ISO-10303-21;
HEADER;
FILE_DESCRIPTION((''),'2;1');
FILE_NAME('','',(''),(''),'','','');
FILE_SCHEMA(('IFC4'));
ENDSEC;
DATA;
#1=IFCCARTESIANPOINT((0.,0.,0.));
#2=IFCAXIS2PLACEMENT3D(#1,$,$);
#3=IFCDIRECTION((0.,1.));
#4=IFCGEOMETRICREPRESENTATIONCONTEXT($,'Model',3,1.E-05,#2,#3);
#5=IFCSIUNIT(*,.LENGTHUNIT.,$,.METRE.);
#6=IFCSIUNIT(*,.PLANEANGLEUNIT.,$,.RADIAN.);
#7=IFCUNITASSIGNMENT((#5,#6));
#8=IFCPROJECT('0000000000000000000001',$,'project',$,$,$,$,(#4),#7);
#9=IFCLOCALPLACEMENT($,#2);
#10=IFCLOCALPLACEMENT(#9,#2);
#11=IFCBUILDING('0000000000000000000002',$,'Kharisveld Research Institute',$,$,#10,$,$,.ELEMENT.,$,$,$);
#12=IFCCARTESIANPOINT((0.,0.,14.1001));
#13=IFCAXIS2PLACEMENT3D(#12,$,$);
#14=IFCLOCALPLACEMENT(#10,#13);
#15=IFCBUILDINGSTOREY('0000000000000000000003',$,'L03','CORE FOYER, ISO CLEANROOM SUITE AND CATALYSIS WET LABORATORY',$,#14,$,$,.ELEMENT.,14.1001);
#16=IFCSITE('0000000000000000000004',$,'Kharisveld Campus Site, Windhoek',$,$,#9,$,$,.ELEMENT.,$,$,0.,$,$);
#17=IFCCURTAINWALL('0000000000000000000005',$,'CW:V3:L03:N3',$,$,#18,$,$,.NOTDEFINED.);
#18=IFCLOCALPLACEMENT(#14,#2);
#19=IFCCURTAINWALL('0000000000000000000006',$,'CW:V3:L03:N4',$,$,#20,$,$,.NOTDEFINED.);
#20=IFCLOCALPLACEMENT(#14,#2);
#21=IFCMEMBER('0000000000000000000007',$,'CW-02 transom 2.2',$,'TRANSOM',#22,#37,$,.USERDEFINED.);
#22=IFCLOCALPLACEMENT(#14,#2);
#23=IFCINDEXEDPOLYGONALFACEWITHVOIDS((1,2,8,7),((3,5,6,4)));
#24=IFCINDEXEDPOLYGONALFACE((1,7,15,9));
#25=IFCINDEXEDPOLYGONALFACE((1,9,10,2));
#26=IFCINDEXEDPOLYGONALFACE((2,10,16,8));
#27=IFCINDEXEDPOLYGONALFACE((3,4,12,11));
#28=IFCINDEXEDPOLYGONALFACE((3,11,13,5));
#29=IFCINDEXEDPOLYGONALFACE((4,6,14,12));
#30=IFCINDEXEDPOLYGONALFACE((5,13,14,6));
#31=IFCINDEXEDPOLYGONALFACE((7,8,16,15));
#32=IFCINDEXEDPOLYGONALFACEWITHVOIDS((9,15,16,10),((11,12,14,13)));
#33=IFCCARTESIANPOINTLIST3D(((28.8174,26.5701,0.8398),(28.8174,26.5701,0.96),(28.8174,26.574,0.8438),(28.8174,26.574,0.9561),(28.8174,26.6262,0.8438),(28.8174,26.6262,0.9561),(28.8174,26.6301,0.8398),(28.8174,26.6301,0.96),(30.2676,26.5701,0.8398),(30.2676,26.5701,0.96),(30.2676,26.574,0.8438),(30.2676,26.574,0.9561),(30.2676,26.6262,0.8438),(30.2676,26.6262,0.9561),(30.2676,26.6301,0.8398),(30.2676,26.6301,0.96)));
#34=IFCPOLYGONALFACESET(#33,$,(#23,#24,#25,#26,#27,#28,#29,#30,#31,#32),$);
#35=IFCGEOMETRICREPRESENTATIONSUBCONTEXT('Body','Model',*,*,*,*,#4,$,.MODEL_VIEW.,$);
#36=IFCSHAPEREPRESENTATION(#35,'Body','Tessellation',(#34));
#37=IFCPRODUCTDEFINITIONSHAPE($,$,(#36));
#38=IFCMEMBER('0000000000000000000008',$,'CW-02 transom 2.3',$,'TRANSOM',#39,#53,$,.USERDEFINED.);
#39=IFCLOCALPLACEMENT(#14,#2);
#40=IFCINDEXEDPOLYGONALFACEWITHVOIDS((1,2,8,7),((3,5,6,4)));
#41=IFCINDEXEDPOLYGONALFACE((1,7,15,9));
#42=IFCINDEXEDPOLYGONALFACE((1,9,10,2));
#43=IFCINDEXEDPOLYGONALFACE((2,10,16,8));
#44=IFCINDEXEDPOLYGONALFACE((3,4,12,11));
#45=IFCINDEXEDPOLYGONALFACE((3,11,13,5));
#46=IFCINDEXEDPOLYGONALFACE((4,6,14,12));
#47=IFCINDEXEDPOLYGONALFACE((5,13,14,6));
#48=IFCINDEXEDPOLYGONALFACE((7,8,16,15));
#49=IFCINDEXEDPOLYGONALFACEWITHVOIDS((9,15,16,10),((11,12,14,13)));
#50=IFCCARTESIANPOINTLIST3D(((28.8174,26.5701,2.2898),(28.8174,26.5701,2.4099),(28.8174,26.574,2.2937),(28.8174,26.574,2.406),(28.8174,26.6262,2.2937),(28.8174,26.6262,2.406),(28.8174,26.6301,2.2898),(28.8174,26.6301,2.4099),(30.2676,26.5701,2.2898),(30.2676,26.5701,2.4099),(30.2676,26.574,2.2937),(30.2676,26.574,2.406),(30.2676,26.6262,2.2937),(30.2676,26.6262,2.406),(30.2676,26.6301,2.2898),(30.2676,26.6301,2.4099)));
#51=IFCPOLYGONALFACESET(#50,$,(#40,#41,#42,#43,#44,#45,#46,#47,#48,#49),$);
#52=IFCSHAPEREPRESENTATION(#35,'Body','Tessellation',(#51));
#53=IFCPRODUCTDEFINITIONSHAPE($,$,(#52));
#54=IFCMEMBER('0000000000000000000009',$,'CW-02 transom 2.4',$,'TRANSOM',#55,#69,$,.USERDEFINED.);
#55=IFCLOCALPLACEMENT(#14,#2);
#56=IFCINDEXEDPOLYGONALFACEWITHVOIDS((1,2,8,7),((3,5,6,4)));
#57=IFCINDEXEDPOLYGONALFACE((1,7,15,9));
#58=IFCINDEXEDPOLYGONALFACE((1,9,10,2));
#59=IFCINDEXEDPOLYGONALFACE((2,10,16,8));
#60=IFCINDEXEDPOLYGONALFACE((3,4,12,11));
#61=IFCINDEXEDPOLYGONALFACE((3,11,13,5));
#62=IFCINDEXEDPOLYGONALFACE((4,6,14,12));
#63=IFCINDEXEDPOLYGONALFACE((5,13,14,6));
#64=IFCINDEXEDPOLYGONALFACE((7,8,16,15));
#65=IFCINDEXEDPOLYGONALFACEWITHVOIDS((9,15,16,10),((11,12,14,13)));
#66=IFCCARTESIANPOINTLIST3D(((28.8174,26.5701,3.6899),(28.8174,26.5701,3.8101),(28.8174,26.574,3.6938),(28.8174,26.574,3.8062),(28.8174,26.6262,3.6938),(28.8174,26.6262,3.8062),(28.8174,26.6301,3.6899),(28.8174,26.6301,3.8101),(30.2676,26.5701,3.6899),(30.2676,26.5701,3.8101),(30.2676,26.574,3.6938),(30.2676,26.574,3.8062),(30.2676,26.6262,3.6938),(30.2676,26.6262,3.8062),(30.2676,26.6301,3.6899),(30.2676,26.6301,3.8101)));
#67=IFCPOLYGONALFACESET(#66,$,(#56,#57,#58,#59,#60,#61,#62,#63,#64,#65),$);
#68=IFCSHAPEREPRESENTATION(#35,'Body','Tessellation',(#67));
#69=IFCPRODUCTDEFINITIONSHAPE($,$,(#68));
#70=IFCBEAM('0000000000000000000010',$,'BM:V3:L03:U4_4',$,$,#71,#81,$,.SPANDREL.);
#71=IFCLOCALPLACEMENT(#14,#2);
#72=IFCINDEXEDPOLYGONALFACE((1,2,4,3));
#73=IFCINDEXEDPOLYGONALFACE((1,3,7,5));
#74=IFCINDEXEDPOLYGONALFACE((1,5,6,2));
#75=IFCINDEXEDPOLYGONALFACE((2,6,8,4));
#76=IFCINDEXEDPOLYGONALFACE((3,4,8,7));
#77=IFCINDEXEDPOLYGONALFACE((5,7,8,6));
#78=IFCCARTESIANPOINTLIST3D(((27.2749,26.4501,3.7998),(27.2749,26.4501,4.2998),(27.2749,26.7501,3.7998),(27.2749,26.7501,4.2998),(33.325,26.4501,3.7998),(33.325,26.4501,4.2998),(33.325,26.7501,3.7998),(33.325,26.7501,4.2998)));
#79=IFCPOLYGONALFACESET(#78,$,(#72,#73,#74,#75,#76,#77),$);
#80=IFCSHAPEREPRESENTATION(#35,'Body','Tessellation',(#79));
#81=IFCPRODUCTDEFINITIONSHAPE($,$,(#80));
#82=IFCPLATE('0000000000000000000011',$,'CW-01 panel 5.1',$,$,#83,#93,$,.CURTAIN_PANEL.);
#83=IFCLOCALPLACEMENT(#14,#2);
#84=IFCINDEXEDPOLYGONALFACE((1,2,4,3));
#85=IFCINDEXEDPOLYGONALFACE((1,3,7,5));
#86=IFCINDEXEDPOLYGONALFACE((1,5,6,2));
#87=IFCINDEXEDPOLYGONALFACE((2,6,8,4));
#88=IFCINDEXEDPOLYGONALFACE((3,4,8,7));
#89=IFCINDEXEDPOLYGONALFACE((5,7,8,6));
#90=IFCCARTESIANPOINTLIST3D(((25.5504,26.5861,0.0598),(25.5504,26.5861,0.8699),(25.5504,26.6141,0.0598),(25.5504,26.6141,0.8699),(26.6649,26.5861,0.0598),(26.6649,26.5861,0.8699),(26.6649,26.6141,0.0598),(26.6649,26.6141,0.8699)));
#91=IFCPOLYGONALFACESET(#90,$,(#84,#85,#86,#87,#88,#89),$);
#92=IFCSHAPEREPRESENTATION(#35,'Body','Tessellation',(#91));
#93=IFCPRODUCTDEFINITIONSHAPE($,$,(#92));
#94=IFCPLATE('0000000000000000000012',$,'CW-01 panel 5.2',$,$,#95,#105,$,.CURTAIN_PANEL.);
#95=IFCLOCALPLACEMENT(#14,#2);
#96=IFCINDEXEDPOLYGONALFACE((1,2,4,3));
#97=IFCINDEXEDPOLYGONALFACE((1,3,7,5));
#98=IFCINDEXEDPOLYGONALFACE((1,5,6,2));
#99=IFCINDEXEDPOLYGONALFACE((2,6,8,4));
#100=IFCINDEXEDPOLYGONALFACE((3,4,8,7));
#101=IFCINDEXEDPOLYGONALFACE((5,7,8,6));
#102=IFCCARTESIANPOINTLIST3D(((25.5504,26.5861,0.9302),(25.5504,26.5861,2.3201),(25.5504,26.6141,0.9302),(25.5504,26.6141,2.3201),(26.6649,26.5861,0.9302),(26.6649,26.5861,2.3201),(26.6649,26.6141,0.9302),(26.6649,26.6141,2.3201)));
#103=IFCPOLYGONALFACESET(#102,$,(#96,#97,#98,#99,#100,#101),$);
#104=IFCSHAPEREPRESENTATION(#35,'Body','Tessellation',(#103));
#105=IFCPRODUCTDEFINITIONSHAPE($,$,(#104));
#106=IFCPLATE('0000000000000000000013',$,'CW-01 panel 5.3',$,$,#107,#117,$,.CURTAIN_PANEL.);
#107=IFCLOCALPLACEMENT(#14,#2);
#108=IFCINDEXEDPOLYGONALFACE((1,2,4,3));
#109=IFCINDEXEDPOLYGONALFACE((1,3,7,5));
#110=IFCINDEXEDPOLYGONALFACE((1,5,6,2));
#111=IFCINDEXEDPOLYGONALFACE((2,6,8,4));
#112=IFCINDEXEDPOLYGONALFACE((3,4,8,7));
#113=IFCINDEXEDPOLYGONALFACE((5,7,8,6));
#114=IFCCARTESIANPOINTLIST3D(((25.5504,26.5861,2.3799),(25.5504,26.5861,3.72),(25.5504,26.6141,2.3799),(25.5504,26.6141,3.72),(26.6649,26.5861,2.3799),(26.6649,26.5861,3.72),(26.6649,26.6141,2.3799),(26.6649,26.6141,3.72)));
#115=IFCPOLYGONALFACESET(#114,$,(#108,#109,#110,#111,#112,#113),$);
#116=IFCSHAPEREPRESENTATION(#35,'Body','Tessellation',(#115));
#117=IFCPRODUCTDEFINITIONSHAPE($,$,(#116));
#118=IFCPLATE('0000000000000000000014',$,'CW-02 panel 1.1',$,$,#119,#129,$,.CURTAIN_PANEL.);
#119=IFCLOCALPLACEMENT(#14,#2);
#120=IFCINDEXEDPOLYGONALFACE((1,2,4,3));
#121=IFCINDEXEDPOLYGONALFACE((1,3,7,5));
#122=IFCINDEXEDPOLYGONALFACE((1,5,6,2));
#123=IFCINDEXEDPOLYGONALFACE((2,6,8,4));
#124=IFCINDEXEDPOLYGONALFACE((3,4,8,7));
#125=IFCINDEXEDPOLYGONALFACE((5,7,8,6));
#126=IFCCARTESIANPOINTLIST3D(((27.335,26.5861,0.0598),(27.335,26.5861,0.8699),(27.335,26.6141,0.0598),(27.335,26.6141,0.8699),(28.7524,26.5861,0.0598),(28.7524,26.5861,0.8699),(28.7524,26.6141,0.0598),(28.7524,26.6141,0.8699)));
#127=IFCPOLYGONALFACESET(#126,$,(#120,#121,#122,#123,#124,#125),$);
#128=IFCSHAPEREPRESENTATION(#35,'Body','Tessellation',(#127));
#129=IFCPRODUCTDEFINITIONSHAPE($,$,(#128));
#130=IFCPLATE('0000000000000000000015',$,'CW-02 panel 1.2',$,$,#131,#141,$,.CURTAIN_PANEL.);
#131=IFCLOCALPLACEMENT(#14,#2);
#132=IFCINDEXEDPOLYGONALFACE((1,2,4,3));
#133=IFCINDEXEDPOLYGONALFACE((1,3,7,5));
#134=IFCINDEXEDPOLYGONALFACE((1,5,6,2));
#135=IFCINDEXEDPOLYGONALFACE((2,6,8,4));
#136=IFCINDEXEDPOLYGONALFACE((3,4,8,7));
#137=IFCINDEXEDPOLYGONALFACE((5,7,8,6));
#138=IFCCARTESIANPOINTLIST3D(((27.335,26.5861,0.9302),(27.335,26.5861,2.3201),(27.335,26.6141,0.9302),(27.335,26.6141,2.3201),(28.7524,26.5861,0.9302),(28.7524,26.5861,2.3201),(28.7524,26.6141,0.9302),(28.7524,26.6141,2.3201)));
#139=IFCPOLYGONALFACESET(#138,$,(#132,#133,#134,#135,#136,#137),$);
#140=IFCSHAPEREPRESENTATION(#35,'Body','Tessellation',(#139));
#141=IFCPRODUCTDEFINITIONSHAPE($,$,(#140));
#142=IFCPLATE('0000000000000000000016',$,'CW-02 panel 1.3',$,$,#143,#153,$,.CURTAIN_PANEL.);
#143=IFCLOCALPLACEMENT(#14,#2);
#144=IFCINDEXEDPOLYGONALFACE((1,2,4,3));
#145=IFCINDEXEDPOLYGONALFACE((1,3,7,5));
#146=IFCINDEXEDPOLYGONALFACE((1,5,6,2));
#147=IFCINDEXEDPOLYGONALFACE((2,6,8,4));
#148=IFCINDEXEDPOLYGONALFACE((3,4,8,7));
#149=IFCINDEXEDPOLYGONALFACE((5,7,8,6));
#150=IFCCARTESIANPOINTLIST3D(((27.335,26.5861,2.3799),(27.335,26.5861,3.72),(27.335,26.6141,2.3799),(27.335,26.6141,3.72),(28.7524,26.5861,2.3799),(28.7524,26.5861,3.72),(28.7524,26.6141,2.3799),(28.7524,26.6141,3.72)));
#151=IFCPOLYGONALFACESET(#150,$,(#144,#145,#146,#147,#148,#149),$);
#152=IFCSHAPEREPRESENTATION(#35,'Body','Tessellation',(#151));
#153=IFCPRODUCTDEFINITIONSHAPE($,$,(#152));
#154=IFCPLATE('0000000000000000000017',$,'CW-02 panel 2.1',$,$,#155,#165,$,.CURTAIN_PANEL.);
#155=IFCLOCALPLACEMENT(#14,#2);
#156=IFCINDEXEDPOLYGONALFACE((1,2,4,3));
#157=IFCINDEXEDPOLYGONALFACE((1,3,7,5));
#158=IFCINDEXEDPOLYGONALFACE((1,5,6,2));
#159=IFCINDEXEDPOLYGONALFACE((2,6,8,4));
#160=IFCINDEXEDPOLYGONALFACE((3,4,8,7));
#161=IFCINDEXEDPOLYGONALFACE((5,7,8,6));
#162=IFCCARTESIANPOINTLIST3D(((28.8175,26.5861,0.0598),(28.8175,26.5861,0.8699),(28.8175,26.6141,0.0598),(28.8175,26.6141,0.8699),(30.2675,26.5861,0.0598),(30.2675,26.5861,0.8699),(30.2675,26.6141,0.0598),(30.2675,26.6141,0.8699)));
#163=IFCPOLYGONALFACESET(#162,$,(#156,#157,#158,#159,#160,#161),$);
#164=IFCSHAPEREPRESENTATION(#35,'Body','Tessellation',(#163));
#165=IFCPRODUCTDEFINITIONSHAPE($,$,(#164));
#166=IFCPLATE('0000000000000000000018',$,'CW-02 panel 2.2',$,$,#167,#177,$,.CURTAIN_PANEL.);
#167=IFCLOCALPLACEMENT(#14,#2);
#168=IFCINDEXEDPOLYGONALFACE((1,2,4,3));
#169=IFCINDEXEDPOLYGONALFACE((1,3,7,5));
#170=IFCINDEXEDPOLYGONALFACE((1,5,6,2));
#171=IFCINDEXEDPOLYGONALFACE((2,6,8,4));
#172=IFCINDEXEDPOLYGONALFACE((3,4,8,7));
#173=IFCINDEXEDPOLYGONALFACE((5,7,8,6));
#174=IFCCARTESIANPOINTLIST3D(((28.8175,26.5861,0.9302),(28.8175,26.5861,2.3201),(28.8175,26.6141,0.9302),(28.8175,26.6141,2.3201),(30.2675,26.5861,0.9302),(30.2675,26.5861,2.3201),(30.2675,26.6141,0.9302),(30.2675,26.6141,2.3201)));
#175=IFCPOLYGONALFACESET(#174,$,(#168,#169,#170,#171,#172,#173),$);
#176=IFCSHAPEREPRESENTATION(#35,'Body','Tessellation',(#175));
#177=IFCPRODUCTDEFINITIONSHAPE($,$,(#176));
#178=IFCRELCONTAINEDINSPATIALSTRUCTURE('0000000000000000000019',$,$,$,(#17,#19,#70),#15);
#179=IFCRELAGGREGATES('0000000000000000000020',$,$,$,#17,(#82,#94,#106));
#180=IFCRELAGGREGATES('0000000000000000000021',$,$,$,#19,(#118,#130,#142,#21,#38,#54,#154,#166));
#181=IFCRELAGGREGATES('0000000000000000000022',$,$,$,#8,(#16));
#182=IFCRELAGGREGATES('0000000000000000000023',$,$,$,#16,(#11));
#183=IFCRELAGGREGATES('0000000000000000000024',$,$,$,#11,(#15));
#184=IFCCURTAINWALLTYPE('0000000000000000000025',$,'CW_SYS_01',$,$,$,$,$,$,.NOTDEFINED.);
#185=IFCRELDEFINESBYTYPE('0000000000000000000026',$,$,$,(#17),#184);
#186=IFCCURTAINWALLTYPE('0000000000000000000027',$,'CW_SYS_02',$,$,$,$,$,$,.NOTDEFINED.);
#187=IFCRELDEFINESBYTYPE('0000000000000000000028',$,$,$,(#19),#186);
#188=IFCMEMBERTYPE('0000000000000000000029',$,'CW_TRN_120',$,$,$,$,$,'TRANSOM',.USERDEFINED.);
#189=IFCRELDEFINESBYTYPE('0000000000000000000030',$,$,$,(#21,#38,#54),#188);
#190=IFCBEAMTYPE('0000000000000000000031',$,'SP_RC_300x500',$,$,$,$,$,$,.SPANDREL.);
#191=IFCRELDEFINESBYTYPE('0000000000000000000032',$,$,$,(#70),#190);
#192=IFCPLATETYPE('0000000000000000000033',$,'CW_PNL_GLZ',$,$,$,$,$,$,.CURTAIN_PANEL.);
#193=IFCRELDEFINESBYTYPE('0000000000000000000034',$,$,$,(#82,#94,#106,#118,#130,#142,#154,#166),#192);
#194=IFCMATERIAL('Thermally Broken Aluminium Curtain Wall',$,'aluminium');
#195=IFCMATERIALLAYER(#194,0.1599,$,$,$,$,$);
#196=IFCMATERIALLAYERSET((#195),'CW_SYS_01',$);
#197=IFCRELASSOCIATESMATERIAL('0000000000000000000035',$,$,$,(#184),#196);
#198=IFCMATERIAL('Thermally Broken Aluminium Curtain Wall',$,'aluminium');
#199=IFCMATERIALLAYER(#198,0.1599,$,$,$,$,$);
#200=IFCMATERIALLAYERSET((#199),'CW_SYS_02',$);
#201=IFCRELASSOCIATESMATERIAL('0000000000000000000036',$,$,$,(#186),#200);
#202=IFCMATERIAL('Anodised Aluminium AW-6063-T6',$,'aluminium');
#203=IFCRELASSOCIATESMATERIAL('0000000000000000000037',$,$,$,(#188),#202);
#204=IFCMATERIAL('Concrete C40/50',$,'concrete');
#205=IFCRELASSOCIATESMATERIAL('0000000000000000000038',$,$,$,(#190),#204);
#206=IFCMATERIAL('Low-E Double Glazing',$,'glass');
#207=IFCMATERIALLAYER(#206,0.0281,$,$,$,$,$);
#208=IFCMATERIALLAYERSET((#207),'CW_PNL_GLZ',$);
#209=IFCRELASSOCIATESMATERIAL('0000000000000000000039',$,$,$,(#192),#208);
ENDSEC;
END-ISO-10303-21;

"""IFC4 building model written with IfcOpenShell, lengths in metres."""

from ifc_helpers import new_model, si_unit, direction, frame, origin, origin_2d, place, context, subcontext, project, spatial, rectangle, hollow_rectangle, extrude, material, layer, layer_set, material_profile, profile_set, type_object, element, aggregate, save


model = new_model("IFC4")

# Units and contexts
model_context = context("Model", 3, precision=1e-05, world=origin(), true_north=direction((0.0, 1.0)))
body_context = subcontext(model_context, "Body", "Model", "MODEL_VIEW")
ifc_project = project(units=[si_unit("LENGTHUNIT", "METRE"), si_unit("PLANEANGLEUNIT", "RADIAN")], contexts=[model_context])

# Site, building, storey
site_placement = place(None, origin())
site = spatial("IfcSite", under=ifc_project, at=site_placement, Name="Kharisveld Campus Site, Windhoek", CompositionType="ELEMENT", RefElevation=0.0)
building_placement = place(site_placement, origin())
building = spatial("IfcBuilding", under=site, at=building_placement, Name="Kharisveld Research Institute", CompositionType="ELEMENT")
storey_placement = place(building_placement, frame((0.0, 0.0, 14.1001)))
storey = spatial("IfcBuildingStorey", under=building, at=storey_placement, Name="L03", Description="CORE FOYER, ISO CLEANROOM SUITE AND CATALYSIS WET LABORATORY", CompositionType="ELEMENT", Elevation=14.1001)

# Curtain wall
ifc_material_1 = material(Name="Thermally Broken Aluminium Curtain Wall", Category="aluminium")
ifc_layer_1 = layer(ifc_material_1, 0.1599)
ifc_layer_set_1 = layer_set([ifc_layer_1], Name="CW_SYS_01")
curtain_wall_type_1 = type_object("IfcCurtainWallType", Name="CW_SYS_01", PredefinedType="NOTDEFINED", material=ifc_layer_set_1)
curtain_wall_1_placement = place(storey_placement, origin())
curtain_wall_1 = element("IfcCurtainWall", 1, at=curtain_wall_1_placement, inside=storey, type_object=curtain_wall_type_1, Name="CW:V3:L03:N3", PredefinedType="NOTDEFINED")

# Curtain wall
ifc_material_2 = material(Name="Thermally Broken Aluminium Curtain Wall", Category="aluminium")
ifc_layer_2 = layer(ifc_material_2, 0.1599)
ifc_layer_set_2 = layer_set([ifc_layer_2], Name="CW_SYS_02")
curtain_wall_type_2 = type_object("IfcCurtainWallType", Name="CW_SYS_02", PredefinedType="NOTDEFINED", material=ifc_layer_set_2)
curtain_wall_2_placement = place(storey_placement, origin())
curtain_wall_2 = element("IfcCurtainWall", 2, at=curtain_wall_2_placement, inside=storey, type_object=curtain_wall_type_2, Name="CW:V3:L03:N4", PredefinedType="NOTDEFINED")

# Members
ifc_material_3 = material(Name="Anodised Aluminium AW-6063-T6", Category="aluminium")
ifc_material_profile_1 = material_profile(ifc_material_3, hollow_rectangle(XDim=0.0601, YDim=0.1201, WallThickness=0.0039, at=origin_2d()))
ifc_profile_set_1 = profile_set([ifc_material_profile_1], Name="Anodised Aluminium AW-6063-T6")
member_type_1 = type_object("IfcMemberType", Name="CW_TRN_120", ElementType="TRANSOM", PredefinedType="USERDEFINED", material=ifc_profile_set_1)
member_1_placement = place(storey_placement, frame((28.8174, 26.6001, 0.8999), z_axis=(1.0, 0.0, 0.0), x_axis=(0.0, 1.0, 0.0)))
member_1 = element("IfcMember", 3, at=member_1_placement, type_object=member_type_1, Name="CW-02 transom 2.2", ObjectType="TRANSOM", PredefinedType="USERDEFINED", context=body_context, shape_type="SweptSolid", body=[
    extrude(hollow_rectangle(XDim=0.0601, YDim=0.1201, WallThickness=0.0039, at=origin_2d()), origin(), (0.0, 0.0, 1.0), 1.4502),
])
member_2_placement = place(storey_placement, frame((28.8174, 26.6001, 2.3499), z_axis=(1.0, 0.0, 0.0), x_axis=(0.0, 1.0, 0.0)))
member_2 = element("IfcMember", 4, at=member_2_placement, type_object=member_type_1, Name="CW-02 transom 2.3", ObjectType="TRANSOM", PredefinedType="USERDEFINED", context=body_context, shape_type="SweptSolid", body=[
    extrude(hollow_rectangle(XDim=0.0601, YDim=0.1201, WallThickness=0.0039, at=origin_2d()), origin(), (0.0, 0.0, 1.0), 1.4502),
])
member_3_placement = place(storey_placement, frame((28.8174, 26.6001, 3.75), z_axis=(1.0, 0.0, 0.0), x_axis=(0.0, 1.0, 0.0)))
member_3 = element("IfcMember", 5, at=member_3_placement, type_object=member_type_1, Name="CW-02 transom 2.4", ObjectType="TRANSOM", PredefinedType="USERDEFINED", context=body_context, shape_type="SweptSolid", body=[
    extrude(hollow_rectangle(XDim=0.0601, YDim=0.1201, WallThickness=0.0039, at=origin_2d()), origin(), (0.0, 0.0, 1.0), 1.4502),
])

# Beam
ifc_material_4 = material(Name="Concrete C40/50", Category="concrete")
ifc_material_profile_2 = material_profile(ifc_material_4, rectangle(XDim=0.3, YDim=0.5, at=origin_2d()))
ifc_profile_set_2 = profile_set([ifc_material_profile_2], Name="Concrete C40/50")
beam_type = type_object("IfcBeamType", Name="SP_RC_300x500", PredefinedType="SPANDREL", material=ifc_profile_set_2)
beam_placement = place(storey_placement, frame((27.2749, 26.6001, 4.0498), z_axis=(1.0, 0.0, 0.0), x_axis=(0.0, 1.0, 0.0)))
element("IfcBeam", 6, at=beam_placement, inside=storey, type_object=beam_type, Name="BM:V3:L03:U4_4", PredefinedType="SPANDREL", context=body_context, shape_type="SweptSolid", body=[
    extrude(rectangle(XDim=0.3, YDim=0.5, at=origin_2d()), origin(), (0.0, 0.0, 1.0), 6.05),
])

# Plates
ifc_material_5 = material(Name="Low-E Double Glazing", Category="glass")
ifc_layer_3 = layer(ifc_material_5, 0.0281)
ifc_layer_set_3 = layer_set([ifc_layer_3], Name="CW_PNL_GLZ")
plate_type = type_object("IfcPlateType", Name="CW_PNL_GLZ", PredefinedType="CURTAIN_PANEL", material=ifc_layer_set_3)
plate_1_placement = place(storey_placement, frame((26.1077, 26.6001, 0.0598), z_axis=(0.0, 0.0, 1.0), x_axis=(1.0, 0.0, 0.0)))
plate_1 = element("IfcPlate", 7, at=plate_1_placement, type_object=plate_type, Name="CW-01 panel 5.1", PredefinedType="CURTAIN_PANEL", context=body_context, shape_type="SweptSolid", body=[
    extrude(rectangle(XDim=1.1145, YDim=0.0281, at=origin_2d()), origin(), (0.0, 0.0, 1.0), 0.8101),
])
plate_2_placement = place(storey_placement, frame((26.1077, 26.6001, 0.9302), z_axis=(0.0, 0.0, 1.0), x_axis=(1.0, 0.0, 0.0)))
plate_2 = element("IfcPlate", 8, at=plate_2_placement, type_object=plate_type, Name="CW-01 panel 5.2", PredefinedType="CURTAIN_PANEL", context=body_context, shape_type="SweptSolid", body=[
    extrude(rectangle(XDim=1.1145, YDim=0.0281, at=origin_2d()), origin(), (0.0, 0.0, 1.0), 1.3899),
])
plate_3_placement = place(storey_placement, frame((26.1077, 26.6001, 2.3799), z_axis=(0.0, 0.0, 1.0), x_axis=(1.0, 0.0, 0.0)))
plate_3 = element("IfcPlate", 9, at=plate_3_placement, type_object=plate_type, Name="CW-01 panel 5.3", PredefinedType="CURTAIN_PANEL", context=body_context, shape_type="SweptSolid", body=[
    extrude(rectangle(XDim=1.1145, YDim=0.0281, at=origin_2d()), origin(), (0.0, 0.0, 1.0), 1.3401),
])
aggregate(curtain_wall_1, [plate_1, plate_2, plate_3])
plate_4_placement = place(storey_placement, frame((28.0437, 26.6001, 0.0598), z_axis=(0.0, 0.0, 1.0), x_axis=(1.0, 0.0, 0.0)))
plate_4 = element("IfcPlate", 10, at=plate_4_placement, type_object=plate_type, Name="CW-02 panel 1.1", PredefinedType="CURTAIN_PANEL", context=body_context, shape_type="SweptSolid", body=[
    extrude(rectangle(XDim=1.4175, YDim=0.0281, at=origin_2d()), origin(), (0.0, 0.0, 1.0), 0.8101),
])
plate_5_placement = place(storey_placement, frame((28.0437, 26.6001, 0.9302), z_axis=(0.0, 0.0, 1.0), x_axis=(1.0, 0.0, 0.0)))
plate_5 = element("IfcPlate", 11, at=plate_5_placement, type_object=plate_type, Name="CW-02 panel 1.2", PredefinedType="CURTAIN_PANEL", context=body_context, shape_type="SweptSolid", body=[
    extrude(rectangle(XDim=1.4175, YDim=0.0281, at=origin_2d()), origin(), (0.0, 0.0, 1.0), 1.3899),
])
plate_6_placement = place(storey_placement, frame((28.0437, 26.6001, 2.3799), z_axis=(0.0, 0.0, 1.0), x_axis=(1.0, 0.0, 0.0)))
plate_6 = element("IfcPlate", 12, at=plate_6_placement, type_object=plate_type, Name="CW-02 panel 1.3", PredefinedType="CURTAIN_PANEL", context=body_context, shape_type="SweptSolid", body=[
    extrude(rectangle(XDim=1.4175, YDim=0.0281, at=origin_2d()), origin(), (0.0, 0.0, 1.0), 1.3401),
])
plate_7_placement = place(storey_placement, frame((29.5425, 26.6001, 0.0598), z_axis=(0.0, 0.0, 1.0), x_axis=(1.0, 0.0, 0.0)))
plate_7 = element("IfcPlate", 13, at=plate_7_placement, type_object=plate_type, Name="CW-02 panel 2.1", PredefinedType="CURTAIN_PANEL", context=body_context, shape_type="SweptSolid", body=[
    extrude(rectangle(XDim=1.45, YDim=0.0281, at=origin_2d()), origin(), (0.0, 0.0, 1.0), 0.8101),
])
plate_8_placement = place(storey_placement, frame((29.5425, 26.6001, 0.9302), z_axis=(0.0, 0.0, 1.0), x_axis=(1.0, 0.0, 0.0)))
plate_8 = element("IfcPlate", 14, at=plate_8_placement, type_object=plate_type, Name="CW-02 panel 2.2", PredefinedType="CURTAIN_PANEL", context=body_context, shape_type="SweptSolid", body=[
    extrude(rectangle(XDim=1.45, YDim=0.0281, at=origin_2d()), origin(), (0.0, 0.0, 1.0), 1.3899),
])
aggregate(curtain_wall_2, [plate_4, plate_5, plate_6, member_1, member_2, member_3, plate_7, plate_8])

save(model, "model.ifc")
